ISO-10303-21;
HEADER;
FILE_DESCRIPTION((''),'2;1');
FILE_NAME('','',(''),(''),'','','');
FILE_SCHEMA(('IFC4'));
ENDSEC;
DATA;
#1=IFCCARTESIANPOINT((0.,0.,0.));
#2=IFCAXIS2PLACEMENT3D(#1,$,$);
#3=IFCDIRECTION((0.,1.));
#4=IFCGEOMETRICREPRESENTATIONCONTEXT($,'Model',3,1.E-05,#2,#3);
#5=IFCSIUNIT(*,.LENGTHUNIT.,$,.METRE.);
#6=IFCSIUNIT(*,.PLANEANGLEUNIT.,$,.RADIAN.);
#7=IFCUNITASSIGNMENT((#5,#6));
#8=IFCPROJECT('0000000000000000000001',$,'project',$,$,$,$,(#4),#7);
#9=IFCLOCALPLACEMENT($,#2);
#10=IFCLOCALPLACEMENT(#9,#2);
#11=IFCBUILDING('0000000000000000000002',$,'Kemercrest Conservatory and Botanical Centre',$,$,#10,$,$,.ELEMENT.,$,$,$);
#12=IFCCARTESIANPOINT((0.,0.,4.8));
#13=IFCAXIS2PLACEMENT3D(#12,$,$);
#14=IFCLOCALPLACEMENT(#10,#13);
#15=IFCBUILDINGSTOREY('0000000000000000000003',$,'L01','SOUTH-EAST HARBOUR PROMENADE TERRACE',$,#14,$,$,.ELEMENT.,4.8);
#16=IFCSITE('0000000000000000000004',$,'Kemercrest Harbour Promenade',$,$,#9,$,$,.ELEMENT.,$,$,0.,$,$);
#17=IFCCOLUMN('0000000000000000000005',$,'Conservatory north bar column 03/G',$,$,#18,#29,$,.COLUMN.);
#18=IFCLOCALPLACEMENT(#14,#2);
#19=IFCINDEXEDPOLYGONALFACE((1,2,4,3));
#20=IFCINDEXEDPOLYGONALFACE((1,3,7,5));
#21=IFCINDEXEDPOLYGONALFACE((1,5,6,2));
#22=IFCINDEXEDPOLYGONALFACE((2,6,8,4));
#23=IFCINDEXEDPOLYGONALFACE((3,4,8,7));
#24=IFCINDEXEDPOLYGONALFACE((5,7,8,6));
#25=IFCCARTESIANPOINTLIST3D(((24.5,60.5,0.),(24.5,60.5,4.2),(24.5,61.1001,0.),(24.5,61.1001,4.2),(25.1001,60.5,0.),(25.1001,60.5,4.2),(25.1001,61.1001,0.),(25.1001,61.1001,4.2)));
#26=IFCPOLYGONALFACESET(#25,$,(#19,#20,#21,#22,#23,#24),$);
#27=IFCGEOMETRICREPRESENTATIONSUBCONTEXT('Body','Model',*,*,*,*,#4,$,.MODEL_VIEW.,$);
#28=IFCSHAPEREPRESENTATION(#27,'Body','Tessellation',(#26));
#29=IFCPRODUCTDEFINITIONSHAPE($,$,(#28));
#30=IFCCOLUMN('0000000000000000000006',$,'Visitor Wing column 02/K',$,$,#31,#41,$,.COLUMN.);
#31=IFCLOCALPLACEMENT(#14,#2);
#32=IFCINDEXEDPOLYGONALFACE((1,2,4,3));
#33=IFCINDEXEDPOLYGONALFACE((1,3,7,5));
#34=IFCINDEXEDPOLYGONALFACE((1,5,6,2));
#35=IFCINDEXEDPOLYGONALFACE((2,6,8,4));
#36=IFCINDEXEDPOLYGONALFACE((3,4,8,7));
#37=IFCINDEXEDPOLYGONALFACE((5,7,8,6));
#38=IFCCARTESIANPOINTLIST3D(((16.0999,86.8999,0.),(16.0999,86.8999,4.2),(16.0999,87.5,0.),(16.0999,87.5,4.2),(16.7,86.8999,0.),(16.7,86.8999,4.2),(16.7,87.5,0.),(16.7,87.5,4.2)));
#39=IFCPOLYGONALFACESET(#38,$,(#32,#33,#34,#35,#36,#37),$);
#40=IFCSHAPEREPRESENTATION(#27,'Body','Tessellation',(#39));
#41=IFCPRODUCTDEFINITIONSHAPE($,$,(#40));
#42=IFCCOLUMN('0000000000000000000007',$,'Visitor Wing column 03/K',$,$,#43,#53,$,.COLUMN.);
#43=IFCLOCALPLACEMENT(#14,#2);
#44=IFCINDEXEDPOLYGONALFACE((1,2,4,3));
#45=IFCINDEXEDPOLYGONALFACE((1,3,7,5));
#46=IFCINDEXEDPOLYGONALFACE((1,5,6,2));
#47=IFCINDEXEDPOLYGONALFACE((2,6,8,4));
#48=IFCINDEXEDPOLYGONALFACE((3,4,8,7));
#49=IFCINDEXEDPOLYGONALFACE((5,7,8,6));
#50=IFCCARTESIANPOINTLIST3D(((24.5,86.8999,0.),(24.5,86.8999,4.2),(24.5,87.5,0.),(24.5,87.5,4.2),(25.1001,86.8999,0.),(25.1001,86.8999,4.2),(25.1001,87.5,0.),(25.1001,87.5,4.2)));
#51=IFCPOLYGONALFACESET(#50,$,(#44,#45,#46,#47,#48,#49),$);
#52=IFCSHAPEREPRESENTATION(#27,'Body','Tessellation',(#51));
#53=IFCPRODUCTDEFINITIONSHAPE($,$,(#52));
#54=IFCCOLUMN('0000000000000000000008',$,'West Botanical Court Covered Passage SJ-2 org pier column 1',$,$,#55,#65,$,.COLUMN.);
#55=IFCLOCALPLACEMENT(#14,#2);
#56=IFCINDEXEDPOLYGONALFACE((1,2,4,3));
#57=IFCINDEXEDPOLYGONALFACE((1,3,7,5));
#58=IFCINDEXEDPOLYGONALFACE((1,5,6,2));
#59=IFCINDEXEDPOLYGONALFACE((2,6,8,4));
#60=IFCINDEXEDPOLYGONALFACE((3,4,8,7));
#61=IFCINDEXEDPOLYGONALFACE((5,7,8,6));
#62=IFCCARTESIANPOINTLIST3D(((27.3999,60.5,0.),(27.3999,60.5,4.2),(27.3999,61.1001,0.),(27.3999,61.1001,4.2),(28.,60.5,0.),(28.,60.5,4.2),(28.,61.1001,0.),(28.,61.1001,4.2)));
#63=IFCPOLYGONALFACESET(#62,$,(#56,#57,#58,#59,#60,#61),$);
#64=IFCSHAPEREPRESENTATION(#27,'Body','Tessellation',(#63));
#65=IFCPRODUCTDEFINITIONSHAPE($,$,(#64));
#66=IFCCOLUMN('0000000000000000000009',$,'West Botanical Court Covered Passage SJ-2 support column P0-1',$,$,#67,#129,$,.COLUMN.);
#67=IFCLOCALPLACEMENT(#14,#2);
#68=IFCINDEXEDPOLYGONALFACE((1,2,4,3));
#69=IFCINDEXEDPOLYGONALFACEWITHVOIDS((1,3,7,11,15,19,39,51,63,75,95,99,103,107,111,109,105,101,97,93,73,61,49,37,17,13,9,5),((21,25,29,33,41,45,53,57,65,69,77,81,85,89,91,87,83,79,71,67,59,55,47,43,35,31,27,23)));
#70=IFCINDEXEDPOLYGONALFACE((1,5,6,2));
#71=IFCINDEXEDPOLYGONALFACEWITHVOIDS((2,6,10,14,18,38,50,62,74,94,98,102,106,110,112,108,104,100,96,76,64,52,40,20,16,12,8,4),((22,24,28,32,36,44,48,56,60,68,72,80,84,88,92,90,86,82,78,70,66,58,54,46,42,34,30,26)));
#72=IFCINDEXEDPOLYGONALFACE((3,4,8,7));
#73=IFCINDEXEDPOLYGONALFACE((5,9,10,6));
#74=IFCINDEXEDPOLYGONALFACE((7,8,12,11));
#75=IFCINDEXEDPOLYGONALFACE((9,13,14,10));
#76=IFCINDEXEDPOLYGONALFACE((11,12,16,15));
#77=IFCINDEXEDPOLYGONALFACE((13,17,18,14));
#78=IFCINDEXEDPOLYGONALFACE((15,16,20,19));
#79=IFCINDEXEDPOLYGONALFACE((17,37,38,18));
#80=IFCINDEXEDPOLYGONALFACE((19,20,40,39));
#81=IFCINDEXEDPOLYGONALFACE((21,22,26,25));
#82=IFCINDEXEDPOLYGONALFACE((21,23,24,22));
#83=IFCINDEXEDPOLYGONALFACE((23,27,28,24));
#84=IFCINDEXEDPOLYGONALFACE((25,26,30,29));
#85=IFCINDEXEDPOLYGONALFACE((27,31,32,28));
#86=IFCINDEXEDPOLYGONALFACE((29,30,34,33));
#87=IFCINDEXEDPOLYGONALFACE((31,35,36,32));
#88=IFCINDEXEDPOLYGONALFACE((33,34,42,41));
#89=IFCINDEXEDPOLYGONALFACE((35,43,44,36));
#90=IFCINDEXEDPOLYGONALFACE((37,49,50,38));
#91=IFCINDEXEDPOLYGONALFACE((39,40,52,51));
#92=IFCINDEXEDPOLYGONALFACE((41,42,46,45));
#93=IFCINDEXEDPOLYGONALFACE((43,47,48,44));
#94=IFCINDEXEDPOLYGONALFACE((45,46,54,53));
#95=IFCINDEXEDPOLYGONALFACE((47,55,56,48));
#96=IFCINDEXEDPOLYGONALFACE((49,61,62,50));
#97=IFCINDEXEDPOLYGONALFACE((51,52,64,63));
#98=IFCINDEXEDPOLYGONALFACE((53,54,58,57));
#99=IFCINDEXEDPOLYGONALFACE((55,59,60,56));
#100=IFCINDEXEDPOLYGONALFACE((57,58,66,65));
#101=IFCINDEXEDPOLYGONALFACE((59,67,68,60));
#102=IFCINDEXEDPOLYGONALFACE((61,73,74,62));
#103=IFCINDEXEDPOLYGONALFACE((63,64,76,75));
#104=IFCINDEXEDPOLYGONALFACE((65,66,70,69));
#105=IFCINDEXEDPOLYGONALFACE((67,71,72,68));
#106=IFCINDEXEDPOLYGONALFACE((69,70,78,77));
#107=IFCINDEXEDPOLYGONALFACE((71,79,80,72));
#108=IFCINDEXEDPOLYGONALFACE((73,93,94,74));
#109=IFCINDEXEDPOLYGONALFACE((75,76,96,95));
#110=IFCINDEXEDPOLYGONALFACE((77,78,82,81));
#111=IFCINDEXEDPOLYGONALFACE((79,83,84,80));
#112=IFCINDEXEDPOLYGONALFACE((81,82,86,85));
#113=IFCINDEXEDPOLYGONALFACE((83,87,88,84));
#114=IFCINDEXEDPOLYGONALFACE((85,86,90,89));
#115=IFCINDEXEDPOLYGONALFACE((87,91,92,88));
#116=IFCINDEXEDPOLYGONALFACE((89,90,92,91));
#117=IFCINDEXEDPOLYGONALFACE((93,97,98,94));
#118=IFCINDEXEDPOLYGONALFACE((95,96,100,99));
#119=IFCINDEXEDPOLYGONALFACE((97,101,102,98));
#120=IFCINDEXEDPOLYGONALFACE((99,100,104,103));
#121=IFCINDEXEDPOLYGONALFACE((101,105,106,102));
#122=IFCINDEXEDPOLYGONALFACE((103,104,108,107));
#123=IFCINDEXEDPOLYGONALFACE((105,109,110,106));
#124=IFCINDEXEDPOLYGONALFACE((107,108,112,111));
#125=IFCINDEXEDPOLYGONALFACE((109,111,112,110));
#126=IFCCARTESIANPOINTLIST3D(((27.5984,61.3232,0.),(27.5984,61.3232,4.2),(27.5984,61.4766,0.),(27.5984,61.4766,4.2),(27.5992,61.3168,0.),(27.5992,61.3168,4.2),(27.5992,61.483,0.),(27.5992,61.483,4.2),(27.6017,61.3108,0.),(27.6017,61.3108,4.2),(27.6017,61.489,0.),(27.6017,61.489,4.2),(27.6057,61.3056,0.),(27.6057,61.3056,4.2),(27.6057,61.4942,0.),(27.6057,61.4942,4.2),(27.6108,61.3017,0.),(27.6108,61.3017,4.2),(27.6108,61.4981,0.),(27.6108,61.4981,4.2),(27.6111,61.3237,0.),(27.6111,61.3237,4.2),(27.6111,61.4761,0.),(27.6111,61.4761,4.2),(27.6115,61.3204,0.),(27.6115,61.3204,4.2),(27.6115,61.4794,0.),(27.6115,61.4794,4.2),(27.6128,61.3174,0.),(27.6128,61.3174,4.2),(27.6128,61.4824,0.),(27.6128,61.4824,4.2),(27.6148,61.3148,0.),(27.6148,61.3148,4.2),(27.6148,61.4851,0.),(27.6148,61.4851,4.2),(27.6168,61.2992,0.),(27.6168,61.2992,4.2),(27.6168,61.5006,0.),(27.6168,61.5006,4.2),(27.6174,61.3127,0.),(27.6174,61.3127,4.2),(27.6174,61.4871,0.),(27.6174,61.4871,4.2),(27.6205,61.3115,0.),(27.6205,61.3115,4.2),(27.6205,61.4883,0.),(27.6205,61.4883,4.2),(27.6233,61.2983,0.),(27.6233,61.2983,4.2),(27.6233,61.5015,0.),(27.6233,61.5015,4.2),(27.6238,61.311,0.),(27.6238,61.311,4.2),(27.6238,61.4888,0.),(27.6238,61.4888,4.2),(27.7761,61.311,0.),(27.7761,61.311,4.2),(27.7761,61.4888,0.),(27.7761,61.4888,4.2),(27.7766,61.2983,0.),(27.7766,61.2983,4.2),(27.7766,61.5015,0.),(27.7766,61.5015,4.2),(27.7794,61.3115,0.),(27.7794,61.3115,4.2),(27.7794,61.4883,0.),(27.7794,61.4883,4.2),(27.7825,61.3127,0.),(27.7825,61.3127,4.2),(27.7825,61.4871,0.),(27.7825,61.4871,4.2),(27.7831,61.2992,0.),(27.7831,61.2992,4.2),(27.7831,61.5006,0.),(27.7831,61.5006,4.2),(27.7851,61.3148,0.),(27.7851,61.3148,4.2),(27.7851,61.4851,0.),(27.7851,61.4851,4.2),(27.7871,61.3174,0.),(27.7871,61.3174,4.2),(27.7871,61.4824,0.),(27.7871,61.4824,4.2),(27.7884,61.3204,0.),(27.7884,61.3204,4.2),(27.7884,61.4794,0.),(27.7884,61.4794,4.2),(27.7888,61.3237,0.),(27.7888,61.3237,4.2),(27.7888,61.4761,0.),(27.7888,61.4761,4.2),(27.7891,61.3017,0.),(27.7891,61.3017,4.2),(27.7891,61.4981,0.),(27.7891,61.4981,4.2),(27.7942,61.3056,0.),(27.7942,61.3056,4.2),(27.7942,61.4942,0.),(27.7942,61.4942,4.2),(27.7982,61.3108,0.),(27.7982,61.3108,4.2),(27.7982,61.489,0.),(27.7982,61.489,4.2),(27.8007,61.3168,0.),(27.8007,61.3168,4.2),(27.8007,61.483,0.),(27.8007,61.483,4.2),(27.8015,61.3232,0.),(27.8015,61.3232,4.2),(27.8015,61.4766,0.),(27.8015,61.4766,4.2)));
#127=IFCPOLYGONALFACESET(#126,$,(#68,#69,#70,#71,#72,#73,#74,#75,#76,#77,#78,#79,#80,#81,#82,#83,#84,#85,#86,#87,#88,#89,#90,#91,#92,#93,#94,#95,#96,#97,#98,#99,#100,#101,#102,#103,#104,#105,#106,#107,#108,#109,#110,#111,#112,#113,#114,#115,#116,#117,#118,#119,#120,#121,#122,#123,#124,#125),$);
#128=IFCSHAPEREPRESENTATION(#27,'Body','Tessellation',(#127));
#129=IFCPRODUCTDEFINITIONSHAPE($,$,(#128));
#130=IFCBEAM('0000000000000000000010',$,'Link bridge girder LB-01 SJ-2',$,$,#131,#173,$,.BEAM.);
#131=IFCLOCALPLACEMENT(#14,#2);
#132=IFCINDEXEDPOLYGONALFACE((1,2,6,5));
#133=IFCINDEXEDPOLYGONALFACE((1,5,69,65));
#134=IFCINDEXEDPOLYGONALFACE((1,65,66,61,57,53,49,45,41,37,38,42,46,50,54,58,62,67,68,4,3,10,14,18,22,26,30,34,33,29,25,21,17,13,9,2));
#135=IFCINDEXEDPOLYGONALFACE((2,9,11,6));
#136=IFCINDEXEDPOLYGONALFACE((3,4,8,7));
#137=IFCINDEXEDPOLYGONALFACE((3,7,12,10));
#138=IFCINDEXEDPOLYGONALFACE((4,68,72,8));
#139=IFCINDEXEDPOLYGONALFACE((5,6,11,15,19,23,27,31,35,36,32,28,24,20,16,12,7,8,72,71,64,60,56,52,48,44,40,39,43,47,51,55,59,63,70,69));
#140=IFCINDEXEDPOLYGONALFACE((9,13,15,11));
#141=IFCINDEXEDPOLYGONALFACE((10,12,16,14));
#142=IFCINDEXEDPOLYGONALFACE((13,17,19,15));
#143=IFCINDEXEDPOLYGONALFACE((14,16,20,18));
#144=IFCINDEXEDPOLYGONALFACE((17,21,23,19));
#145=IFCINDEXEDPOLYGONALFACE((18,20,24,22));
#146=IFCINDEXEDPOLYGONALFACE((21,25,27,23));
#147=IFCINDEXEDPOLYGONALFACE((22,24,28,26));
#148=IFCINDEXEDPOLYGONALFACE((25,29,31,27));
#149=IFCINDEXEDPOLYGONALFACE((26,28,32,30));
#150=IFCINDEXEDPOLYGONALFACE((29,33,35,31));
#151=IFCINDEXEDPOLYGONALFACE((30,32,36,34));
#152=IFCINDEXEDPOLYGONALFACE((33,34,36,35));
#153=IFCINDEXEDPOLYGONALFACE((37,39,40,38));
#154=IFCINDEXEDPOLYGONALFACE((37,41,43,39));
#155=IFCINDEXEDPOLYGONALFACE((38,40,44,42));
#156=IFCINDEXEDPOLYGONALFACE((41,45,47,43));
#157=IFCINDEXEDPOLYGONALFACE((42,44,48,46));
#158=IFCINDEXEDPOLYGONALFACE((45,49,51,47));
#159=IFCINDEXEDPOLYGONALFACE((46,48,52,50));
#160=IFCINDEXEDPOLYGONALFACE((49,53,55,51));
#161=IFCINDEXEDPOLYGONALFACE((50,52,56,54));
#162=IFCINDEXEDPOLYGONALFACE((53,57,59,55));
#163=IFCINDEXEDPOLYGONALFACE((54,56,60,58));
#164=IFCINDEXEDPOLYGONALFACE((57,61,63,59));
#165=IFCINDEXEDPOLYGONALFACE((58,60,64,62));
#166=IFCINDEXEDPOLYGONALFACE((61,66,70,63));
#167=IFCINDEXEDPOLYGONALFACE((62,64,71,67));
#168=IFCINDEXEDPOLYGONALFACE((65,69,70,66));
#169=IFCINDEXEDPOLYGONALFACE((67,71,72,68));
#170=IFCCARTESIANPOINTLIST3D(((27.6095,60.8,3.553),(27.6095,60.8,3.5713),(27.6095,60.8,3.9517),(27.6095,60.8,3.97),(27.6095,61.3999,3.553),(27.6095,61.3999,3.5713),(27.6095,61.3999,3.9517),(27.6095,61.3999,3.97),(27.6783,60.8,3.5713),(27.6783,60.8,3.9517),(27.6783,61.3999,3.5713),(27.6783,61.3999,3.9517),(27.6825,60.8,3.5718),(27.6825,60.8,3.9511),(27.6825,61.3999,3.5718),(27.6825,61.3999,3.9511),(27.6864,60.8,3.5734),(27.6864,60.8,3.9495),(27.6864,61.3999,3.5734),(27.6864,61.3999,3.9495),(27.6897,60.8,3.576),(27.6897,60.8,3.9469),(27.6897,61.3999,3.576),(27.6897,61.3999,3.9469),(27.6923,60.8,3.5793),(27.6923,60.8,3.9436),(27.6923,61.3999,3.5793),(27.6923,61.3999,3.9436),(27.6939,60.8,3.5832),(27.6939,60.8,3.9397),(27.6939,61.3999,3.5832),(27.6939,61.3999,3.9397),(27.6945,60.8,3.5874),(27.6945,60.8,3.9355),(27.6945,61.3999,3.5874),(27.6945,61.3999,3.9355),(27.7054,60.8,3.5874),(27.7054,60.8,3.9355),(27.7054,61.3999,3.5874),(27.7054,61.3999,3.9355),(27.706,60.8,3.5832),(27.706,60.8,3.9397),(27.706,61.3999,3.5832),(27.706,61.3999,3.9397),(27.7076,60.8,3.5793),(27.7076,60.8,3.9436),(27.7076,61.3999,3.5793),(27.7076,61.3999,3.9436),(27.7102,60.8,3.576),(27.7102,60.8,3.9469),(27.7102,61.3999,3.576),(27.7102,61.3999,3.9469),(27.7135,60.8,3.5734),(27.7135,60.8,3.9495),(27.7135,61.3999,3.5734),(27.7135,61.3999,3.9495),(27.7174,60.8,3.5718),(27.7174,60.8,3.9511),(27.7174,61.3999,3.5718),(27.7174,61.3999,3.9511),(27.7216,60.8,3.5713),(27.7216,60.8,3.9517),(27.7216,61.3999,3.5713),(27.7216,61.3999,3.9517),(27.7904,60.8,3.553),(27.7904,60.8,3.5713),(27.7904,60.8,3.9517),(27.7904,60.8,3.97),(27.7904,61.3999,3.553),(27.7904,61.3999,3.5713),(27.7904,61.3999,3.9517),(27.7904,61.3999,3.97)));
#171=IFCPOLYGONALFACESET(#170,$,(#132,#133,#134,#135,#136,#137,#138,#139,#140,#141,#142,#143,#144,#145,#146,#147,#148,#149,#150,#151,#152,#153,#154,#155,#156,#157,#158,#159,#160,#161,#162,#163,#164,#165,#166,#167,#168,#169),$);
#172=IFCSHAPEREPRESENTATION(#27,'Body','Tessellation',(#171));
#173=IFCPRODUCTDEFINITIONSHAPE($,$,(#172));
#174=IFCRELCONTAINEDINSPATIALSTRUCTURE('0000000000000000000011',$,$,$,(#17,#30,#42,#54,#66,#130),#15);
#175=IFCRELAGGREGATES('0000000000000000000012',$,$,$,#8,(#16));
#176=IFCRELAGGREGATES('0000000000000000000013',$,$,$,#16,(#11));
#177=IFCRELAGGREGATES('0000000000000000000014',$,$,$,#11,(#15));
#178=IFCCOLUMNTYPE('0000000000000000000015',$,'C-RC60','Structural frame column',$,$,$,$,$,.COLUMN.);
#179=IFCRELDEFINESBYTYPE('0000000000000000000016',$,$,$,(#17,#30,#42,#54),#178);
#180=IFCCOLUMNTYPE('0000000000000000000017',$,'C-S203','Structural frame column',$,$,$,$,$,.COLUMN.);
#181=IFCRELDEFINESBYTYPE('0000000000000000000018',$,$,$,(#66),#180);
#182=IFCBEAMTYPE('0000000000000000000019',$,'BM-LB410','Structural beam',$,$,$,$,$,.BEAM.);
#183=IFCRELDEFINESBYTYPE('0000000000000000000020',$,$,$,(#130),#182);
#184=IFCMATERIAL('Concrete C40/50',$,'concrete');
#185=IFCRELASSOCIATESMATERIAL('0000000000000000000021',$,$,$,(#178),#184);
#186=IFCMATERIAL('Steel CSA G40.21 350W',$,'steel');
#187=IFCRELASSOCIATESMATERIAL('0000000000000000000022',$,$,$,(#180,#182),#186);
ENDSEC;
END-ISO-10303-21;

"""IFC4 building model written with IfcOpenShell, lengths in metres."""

from ifc_helpers import new_model, si_unit, direction, frame, origin, origin_2d, place, context, subcontext, project, spatial, rectangle, hollow_rectangle, i_section, extrude, material, material_profile, profile_set, type_object, element, save


model = new_model("IFC4")

# Units and contexts
model_context = context("Model", 3, precision=1e-05, world=origin(), true_north=direction((0.0, 1.0)))
body_context = subcontext(model_context, "Body", "Model", "MODEL_VIEW")
ifc_project = project(units=[si_unit("LENGTHUNIT", "METRE"), si_unit("PLANEANGLEUNIT", "RADIAN")], contexts=[model_context])

# Site, building, storey
site_placement = place(None, origin())
site = spatial("IfcSite", under=ifc_project, at=site_placement, Name="Kemercrest Harbour Promenade", CompositionType="ELEMENT", RefElevation=0.0)
building_placement = place(site_placement, origin())
building = spatial("IfcBuilding", under=site, at=building_placement, Name="Kemercrest Conservatory and Botanical Centre", CompositionType="ELEMENT")
storey_placement = place(building_placement, frame((0.0, 0.0, 4.8)))
storey = spatial("IfcBuildingStorey", under=building, at=storey_placement, Name="L01", Description="SOUTH-EAST HARBOUR PROMENADE TERRACE", CompositionType="ELEMENT", Elevation=4.8)

# Columns
ifc_material_1 = material(Name="Concrete C40/50", Category="concrete")
ifc_material_profile_1 = material_profile(ifc_material_1, rectangle(XDim=0.6001, YDim=0.6001, at=origin_2d()), Name="RC 600x600")
ifc_profile_set_1 = profile_set([ifc_material_profile_1], Name="Concrete C40/50")
column_type_1 = type_object("IfcColumnType", Name="C-RC60", Description="Structural frame column", PredefinedType="COLUMN", material=ifc_profile_set_1)
for number, where, z_axis, x_axis, name in (
    (1, (24.8, 60.8, 0.0), (0.0, 0.0, 1.0), (1.0, 0.0, 0.0), "Conservatory north bar column 03/G"),
    (2, (16.3999, 87.2, 0.0), (0.0, 0.0, 1.0), (1.0, 0.0, 0.0), "Visitor Wing column 02/K"),
    (3, (24.8, 87.2, 0.0), (0.0, 0.0, 1.0), (1.0, 0.0, 0.0), "Visitor Wing column 03/K"),
    (4, (27.7, 60.8, 0.0), (0.0, 0.0, 1.0), (1.0, 0.0, 0.0), "West Botanical Court Covered Passage SJ-2 org pier column 1"),
):
    element("IfcColumn", number, at=place(storey_placement, frame(where, z_axis=z_axis, x_axis=x_axis)), inside=storey, type_object=column_type_1, Name=name, PredefinedType="COLUMN", context=body_context, shape_type="SweptSolid", body=[
        extrude(rectangle(XDim=0.6001, YDim=0.6001, at=origin_2d()), origin(), (0.0, 0.0, 1.0), 4.2),
    ])
ifc_material_2 = material(Name="Steel CSA G40.21 350W", Category="steel")
ifc_material_profile_2 = material_profile(ifc_material_2, hollow_rectangle(XDim=0.2031, YDim=0.2031, WallThickness=0.0127, InnerFilletRadius=0.0127, OuterFilletRadius=0.0249, at=origin_2d()), Name="HSS 203x203x12.7")
ifc_profile_set_2 = profile_set([ifc_material_profile_2], Name="Steel CSA G40.21 350W")
column_type_2 = type_object("IfcColumnType", Name="C-S203", Description="Structural frame column", PredefinedType="COLUMN", material=ifc_profile_set_2)
column_placement = place(storey_placement, frame((27.7, 61.3999, 0.0), z_axis=(0.0, 0.0, 1.0), x_axis=(1.0, 0.0, 0.0)))
element("IfcColumn", 5, at=column_placement, inside=storey, type_object=column_type_2, Name="West Botanical Court Covered Passage SJ-2 support column P0-1", PredefinedType="COLUMN", context=body_context, shape_type="SweptSolid", body=[
    extrude(hollow_rectangle(XDim=0.2031, YDim=0.2031, WallThickness=0.0127, InnerFilletRadius=0.0127, OuterFilletRadius=0.0249, at=origin_2d()), origin(), (0.0, 0.0, 1.0), 4.2),
])

# Beam
ifc_material_profile_3 = material_profile(ifc_material_2, i_section(OverallWidth=0.1809, OverallDepth=0.417, WebThickness=0.011, FlangeThickness=0.0183, FilletRadius=0.0161, at=origin_2d()), Name="W410X85")
ifc_profile_set_3 = profile_set([ifc_material_profile_3], Name="Steel CSA G40.21 350W")
beam_type_1 = type_object("IfcBeamType", Name="BM-LB410", Description="Structural beam", PredefinedType="BEAM", material=ifc_profile_set_3)
beam_1_placement = place(storey_placement, frame((27.7, 60.8, 3.7615), z_axis=(0.0, 1.0, 0.0), x_axis=(-1.0, 0.0, 0.0)))
element("IfcBeam", 6, at=beam_1_placement, inside=storey, type_object=beam_type_1, Name="Link bridge girder LB-01 SJ-2", PredefinedType="BEAM", context=body_context, shape_type="SweptSolid", body=[
    extrude(i_section(OverallWidth=0.1809, OverallDepth=0.417, WebThickness=0.011, FlangeThickness=0.0183, FilletRadius=0.0161, at=origin_2d()), origin(), (0.0, 0.0, 1.0), 0.5999),
])

save(model, "model.ifc")
